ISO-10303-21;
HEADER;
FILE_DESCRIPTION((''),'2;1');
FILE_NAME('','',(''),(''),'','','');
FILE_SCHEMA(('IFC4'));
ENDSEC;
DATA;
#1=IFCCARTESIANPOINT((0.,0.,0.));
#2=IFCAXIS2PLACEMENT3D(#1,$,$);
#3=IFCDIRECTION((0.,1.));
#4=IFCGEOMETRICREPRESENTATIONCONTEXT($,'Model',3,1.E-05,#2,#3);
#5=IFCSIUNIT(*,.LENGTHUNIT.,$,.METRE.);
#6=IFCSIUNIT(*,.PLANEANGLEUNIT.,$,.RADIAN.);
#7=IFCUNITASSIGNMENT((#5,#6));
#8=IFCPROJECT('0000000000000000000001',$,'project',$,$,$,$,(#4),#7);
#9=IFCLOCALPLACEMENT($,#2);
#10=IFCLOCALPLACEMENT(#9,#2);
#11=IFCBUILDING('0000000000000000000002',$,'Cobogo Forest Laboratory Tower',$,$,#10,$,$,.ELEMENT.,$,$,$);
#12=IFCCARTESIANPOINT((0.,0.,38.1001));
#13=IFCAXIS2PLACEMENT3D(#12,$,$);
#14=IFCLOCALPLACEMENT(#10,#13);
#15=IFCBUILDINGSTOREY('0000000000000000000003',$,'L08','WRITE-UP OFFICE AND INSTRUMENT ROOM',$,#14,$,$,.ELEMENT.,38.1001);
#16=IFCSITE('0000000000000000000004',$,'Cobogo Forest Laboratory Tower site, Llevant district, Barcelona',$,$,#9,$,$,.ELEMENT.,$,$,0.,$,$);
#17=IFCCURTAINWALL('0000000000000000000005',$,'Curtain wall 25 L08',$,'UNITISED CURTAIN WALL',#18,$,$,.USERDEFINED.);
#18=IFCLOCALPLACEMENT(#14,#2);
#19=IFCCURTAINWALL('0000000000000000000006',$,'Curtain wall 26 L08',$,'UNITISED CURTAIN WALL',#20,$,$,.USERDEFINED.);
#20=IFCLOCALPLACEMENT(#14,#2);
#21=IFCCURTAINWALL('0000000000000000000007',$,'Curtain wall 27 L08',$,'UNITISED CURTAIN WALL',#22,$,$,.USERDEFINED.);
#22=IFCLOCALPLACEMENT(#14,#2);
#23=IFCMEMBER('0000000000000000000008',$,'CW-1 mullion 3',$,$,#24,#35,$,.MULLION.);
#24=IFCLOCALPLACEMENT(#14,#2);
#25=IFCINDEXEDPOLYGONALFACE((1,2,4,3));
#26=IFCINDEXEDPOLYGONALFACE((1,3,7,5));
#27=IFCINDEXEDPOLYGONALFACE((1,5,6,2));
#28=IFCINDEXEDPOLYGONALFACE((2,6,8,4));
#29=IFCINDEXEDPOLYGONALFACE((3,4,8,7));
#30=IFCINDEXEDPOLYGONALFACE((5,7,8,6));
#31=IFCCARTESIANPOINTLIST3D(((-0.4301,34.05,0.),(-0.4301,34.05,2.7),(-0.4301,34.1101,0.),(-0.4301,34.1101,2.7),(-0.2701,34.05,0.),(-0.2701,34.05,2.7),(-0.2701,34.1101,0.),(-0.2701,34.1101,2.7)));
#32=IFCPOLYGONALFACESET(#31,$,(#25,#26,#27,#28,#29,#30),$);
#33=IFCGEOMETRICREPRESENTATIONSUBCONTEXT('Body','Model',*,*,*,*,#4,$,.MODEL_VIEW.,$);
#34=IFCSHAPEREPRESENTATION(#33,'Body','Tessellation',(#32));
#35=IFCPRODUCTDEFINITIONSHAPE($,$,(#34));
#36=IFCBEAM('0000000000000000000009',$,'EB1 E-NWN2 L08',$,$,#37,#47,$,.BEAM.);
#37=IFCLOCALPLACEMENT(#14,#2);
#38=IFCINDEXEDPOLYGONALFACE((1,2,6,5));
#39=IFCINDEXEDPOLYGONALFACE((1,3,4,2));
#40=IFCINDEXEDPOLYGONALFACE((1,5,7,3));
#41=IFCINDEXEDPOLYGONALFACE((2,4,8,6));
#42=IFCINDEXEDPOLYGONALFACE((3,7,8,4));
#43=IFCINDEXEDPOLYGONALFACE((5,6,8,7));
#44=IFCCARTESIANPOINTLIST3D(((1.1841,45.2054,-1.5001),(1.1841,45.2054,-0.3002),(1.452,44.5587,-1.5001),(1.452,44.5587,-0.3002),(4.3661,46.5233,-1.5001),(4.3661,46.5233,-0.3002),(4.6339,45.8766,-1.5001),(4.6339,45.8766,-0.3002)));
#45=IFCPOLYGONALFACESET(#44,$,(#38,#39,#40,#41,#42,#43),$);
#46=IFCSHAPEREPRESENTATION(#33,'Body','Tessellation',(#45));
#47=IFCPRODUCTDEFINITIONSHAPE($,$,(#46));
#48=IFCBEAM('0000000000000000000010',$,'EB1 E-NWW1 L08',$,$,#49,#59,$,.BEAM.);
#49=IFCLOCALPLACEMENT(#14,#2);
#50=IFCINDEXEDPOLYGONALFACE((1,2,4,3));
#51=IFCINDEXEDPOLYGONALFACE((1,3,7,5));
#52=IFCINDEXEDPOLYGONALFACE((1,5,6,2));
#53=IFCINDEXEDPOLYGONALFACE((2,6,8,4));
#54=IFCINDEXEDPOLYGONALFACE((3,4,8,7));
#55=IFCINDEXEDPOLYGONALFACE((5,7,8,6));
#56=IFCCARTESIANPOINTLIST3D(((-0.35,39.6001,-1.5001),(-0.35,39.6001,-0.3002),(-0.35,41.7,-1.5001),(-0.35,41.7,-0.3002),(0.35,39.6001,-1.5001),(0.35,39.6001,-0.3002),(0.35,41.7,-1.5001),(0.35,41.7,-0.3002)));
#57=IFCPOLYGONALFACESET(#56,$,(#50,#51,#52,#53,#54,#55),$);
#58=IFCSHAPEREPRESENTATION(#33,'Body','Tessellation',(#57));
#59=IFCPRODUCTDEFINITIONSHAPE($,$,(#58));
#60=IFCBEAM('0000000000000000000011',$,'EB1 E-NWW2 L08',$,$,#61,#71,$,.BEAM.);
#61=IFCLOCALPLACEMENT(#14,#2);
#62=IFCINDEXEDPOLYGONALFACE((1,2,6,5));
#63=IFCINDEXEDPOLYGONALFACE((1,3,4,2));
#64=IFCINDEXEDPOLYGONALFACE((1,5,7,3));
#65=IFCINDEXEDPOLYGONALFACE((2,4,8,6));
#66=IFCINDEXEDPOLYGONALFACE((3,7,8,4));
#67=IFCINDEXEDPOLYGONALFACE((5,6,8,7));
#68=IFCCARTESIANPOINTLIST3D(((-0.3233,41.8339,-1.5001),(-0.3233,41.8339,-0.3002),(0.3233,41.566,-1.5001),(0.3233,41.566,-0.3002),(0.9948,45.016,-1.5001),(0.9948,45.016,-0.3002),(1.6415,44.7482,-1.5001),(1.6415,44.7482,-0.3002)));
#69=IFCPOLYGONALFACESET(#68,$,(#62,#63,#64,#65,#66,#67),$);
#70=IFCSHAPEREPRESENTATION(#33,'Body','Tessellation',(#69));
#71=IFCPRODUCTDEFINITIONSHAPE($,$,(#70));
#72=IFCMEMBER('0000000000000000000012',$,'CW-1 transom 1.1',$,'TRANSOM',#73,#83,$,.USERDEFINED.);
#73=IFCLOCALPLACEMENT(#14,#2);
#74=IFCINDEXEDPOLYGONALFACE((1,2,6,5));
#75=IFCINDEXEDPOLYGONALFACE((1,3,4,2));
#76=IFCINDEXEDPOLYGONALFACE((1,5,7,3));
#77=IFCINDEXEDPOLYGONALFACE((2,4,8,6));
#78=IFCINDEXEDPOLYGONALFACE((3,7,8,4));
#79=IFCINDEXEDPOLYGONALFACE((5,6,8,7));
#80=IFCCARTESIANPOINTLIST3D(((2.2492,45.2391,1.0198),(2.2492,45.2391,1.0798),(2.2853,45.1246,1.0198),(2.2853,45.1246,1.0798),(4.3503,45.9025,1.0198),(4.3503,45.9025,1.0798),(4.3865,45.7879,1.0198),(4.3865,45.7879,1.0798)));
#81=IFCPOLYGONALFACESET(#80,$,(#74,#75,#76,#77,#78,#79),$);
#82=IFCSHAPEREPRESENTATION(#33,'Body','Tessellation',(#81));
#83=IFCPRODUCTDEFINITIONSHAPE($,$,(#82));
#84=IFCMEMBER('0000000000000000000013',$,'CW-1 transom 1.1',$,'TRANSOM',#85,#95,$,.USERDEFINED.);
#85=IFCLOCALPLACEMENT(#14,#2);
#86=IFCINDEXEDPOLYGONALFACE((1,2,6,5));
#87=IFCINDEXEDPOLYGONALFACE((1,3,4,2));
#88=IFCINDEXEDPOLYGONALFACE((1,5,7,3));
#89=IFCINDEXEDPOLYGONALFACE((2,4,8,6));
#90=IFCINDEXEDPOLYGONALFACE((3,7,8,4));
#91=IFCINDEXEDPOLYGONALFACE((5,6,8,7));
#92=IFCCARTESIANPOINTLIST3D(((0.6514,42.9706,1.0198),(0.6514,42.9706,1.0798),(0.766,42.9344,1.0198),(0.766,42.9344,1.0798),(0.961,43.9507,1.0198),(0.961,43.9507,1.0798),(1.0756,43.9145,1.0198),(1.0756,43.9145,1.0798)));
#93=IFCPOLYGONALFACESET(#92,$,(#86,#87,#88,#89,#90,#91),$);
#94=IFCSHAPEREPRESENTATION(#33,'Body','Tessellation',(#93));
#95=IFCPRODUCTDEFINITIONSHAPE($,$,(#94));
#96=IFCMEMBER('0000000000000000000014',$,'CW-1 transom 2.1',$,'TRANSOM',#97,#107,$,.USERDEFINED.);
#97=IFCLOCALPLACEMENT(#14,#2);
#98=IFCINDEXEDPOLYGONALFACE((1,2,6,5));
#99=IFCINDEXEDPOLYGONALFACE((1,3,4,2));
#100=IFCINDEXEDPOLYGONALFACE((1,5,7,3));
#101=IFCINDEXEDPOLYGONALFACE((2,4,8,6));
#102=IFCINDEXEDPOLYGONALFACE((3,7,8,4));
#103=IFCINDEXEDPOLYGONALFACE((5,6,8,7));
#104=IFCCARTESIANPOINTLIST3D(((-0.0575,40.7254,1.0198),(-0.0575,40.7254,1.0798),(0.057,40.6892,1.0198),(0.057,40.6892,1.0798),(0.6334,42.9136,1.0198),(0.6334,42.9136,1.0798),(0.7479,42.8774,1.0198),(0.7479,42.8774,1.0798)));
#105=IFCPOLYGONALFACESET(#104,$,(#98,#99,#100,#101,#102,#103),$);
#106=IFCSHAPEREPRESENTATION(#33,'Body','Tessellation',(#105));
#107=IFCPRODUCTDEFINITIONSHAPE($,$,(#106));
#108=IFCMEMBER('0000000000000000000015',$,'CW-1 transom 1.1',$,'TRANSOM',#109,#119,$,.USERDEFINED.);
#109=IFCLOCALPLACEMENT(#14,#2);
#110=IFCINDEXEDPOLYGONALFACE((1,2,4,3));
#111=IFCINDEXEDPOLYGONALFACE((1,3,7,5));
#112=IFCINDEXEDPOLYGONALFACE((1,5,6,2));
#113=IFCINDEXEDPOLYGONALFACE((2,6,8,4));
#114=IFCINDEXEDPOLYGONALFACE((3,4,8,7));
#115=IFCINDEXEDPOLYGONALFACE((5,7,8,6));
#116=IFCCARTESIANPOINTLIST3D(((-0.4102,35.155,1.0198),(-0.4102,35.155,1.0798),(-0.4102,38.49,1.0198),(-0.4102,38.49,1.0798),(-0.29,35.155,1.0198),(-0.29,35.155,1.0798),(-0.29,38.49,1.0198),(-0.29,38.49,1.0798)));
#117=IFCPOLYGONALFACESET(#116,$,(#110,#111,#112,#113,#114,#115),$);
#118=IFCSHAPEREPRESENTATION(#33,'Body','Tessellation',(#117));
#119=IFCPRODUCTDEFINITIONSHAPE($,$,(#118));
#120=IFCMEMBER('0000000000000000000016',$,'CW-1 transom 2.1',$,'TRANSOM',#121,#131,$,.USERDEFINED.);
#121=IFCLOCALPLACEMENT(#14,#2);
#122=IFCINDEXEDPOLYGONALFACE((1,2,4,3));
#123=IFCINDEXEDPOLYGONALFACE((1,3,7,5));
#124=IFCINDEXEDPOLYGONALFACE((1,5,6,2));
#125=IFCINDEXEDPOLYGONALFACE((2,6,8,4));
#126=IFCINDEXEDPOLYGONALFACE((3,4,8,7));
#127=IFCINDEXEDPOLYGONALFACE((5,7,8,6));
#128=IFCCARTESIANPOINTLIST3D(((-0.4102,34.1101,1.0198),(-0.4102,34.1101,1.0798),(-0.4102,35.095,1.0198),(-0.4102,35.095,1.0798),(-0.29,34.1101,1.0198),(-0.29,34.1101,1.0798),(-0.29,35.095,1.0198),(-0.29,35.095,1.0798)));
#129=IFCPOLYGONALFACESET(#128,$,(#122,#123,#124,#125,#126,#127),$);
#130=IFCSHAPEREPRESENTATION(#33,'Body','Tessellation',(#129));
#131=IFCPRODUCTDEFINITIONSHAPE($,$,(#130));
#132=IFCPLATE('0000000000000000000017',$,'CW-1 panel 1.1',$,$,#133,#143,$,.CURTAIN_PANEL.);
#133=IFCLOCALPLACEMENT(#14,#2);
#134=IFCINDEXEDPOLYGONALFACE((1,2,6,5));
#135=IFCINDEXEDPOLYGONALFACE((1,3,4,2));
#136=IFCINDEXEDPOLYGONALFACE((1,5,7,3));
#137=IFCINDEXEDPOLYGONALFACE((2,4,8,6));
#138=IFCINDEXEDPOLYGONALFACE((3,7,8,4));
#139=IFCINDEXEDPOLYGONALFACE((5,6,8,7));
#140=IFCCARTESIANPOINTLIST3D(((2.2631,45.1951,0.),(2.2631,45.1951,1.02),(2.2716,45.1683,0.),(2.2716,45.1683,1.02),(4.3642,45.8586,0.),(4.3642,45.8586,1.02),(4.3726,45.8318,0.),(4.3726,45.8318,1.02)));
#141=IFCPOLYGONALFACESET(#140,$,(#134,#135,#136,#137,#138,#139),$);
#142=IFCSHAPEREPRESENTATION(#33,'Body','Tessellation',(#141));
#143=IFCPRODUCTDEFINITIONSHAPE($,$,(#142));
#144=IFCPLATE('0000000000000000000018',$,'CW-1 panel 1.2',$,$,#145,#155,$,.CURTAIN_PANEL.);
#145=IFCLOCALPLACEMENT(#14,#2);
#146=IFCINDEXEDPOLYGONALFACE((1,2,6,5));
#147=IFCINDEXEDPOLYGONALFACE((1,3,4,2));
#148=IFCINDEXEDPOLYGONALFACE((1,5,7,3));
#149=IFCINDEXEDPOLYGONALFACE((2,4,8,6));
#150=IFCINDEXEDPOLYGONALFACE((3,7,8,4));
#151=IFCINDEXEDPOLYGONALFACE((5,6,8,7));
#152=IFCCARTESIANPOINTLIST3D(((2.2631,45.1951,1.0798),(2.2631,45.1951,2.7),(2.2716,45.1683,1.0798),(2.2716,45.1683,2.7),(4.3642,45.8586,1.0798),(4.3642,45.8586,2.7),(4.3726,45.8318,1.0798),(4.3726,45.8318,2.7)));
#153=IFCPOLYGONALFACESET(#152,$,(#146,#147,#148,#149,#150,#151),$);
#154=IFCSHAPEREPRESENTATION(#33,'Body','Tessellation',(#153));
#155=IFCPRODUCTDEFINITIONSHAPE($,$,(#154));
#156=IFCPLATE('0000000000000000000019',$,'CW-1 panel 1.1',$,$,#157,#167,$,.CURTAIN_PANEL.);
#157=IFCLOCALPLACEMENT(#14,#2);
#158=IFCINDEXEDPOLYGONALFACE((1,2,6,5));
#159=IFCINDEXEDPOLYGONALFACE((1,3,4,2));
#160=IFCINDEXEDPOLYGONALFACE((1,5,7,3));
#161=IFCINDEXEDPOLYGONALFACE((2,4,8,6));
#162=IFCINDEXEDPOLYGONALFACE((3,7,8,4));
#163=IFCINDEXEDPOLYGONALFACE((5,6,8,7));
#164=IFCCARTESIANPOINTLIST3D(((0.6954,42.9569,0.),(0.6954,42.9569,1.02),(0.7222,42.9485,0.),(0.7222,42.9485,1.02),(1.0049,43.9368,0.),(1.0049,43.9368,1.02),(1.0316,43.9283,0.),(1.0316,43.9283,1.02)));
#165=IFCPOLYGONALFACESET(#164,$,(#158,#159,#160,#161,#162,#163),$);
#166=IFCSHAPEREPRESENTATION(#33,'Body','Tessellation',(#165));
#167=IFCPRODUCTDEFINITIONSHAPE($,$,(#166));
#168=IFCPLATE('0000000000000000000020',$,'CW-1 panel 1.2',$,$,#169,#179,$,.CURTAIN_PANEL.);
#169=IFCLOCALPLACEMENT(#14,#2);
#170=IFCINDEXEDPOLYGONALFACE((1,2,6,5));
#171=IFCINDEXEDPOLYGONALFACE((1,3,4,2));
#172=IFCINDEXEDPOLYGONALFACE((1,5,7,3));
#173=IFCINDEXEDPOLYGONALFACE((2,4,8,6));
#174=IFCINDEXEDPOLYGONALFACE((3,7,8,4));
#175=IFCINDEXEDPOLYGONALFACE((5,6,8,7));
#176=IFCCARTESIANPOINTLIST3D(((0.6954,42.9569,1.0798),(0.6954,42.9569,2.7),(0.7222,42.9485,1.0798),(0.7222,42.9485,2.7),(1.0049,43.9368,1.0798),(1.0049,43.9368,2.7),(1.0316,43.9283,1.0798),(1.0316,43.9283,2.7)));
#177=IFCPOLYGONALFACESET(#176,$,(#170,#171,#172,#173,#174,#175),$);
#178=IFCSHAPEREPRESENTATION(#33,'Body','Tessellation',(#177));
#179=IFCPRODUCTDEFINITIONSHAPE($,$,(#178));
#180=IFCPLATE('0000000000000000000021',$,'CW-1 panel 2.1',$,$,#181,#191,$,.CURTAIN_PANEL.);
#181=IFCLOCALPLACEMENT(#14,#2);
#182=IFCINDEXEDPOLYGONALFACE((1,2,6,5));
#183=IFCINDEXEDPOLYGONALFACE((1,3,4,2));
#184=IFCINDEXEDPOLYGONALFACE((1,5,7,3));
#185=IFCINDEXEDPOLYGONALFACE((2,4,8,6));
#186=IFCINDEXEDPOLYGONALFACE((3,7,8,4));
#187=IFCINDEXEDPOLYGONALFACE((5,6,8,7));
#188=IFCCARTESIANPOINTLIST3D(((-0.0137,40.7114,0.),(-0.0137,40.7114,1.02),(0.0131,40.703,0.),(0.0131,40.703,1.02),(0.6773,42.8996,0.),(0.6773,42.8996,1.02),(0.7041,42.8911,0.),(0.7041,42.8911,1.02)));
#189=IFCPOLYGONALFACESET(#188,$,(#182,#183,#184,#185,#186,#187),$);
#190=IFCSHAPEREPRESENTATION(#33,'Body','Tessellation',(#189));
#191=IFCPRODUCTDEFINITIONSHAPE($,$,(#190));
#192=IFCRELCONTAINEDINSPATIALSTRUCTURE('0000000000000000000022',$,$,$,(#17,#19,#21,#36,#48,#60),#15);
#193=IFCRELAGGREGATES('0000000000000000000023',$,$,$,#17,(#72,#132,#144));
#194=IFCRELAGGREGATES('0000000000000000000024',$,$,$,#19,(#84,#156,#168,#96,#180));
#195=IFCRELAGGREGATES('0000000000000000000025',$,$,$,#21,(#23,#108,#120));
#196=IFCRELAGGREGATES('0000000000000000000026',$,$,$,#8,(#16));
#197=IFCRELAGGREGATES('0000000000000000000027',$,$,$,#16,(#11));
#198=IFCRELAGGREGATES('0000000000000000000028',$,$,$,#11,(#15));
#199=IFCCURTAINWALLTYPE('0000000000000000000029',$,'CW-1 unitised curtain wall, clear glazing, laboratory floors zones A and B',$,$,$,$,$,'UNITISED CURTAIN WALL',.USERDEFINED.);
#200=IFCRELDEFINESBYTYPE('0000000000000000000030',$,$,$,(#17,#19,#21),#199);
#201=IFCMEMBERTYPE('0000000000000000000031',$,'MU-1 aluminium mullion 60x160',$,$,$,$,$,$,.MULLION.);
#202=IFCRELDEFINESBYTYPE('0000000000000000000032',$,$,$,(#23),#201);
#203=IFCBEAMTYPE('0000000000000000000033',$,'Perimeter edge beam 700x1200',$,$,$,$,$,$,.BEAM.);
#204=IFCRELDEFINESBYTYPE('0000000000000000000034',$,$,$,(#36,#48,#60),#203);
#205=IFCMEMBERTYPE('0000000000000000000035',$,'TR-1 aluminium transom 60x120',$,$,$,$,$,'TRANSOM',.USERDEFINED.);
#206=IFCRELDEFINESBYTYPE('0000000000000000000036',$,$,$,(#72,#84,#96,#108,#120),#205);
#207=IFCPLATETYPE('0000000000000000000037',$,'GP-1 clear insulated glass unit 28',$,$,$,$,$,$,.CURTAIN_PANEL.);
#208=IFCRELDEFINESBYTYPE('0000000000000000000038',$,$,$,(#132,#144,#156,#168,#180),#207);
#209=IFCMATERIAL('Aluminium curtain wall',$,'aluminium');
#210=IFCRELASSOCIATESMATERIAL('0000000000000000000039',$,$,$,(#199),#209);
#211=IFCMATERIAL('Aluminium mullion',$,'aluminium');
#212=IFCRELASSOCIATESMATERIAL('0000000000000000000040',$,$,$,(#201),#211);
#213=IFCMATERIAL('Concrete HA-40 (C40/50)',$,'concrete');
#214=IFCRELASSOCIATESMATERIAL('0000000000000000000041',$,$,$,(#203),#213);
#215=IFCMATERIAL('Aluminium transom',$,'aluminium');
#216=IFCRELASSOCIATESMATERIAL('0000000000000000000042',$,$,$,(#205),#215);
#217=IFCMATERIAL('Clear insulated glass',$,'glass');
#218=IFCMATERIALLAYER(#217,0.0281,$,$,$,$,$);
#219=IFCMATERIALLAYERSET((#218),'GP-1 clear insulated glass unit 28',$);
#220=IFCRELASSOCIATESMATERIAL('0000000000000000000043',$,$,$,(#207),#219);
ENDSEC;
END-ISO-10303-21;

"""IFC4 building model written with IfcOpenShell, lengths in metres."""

from ifc_helpers import new_model, si_unit, direction, frame, origin, origin_2d, place, context, subcontext, project, spatial, rectangle, extrude, material, layer, layer_set, material_profile, profile_set, type_object, element, aggregate, save


model = new_model("IFC4")

# Units and contexts
model_context = context("Model", 3, precision=1e-05, world=origin(), true_north=direction((0.0, 1.0)))
body_context = subcontext(model_context, "Body", "Model", "MODEL_VIEW")
ifc_project = project(units=[si_unit("LENGTHUNIT", "METRE"), si_unit("PLANEANGLEUNIT", "RADIAN")], contexts=[model_context])

# Site, building, storey
site_placement = place(None, origin())
site = spatial("IfcSite", under=ifc_project, at=site_placement, Name="Cobogo Forest Laboratory Tower site, Llevant district, Barcelona", CompositionType="ELEMENT", RefElevation=0.0)
building_placement = place(site_placement, origin())
building = spatial("IfcBuilding", under=site, at=building_placement, Name="Cobogo Forest Laboratory Tower", CompositionType="ELEMENT")
storey_placement = place(building_placement, frame((0.0, 0.0, 38.1001)))
storey = spatial("IfcBuildingStorey", under=building, at=storey_placement, Name="L08", Description="WRITE-UP OFFICE AND INSTRUMENT ROOM", CompositionType="ELEMENT", Elevation=38.1001)

# Shared definitions
ifc_material_1 = material(Name="Concrete HA-40 (C40/50)", Category="concrete")

# Curtain walls, member
ifc_material_2 = material(Name="Aluminium curtain wall", Category="aluminium")
curtain_wall_type = type_object("IfcCurtainWallType", Name="CW-1 unitised curtain wall, clear glazing, laboratory floors zones A and B", ElementType="UNITISED CURTAIN WALL", PredefinedType="USERDEFINED", material=ifc_material_2)
curtain_wall_1_placement = place(storey_placement, origin())
curtain_wall_1 = element("IfcCurtainWall", 1, at=curtain_wall_1_placement, inside=storey, type_object=curtain_wall_type, Name="Curtain wall 25 L08", ObjectType="UNITISED CURTAIN WALL", PredefinedType="USERDEFINED")
ifc_material_3 = material(Name="Aluminium mullion", Category="aluminium")
ifc_material_profile_1 = material_profile(ifc_material_3, rectangle(XDim=0.0601, YDim=0.1599, at=origin_2d()), Name="AL 60x160")
ifc_profile_set_1 = profile_set([ifc_material_profile_1], Name="Aluminium mullion")
member_type_1 = type_object("IfcMemberType", Name="MU-1 aluminium mullion 60x160", PredefinedType="MULLION", material=ifc_profile_set_1)
curtain_wall_2_placement = place(storey_placement, origin())
curtain_wall_2 = element("IfcCurtainWall", 2, at=curtain_wall_2_placement, inside=storey, type_object=curtain_wall_type, Name="Curtain wall 26 L08", ObjectType="UNITISED CURTAIN WALL", PredefinedType="USERDEFINED")
curtain_wall_3_placement = place(storey_placement, origin())
curtain_wall_3 = element("IfcCurtainWall", 3, at=curtain_wall_3_placement, inside=storey, type_object=curtain_wall_type, Name="Curtain wall 27 L08", ObjectType="UNITISED CURTAIN WALL", PredefinedType="USERDEFINED")
member_1_placement = place(storey_placement, frame((-0.3501, 34.0801, 0.0), z_axis=(0.0, 0.0, 1.0), x_axis=(0.0, -1.0, 0.0)))
member_1 = element("IfcMember", 4, at=member_1_placement, type_object=member_type_1, Name="CW-1 mullion 3", PredefinedType="MULLION", context=body_context, shape_type="SweptSolid", body=[
    extrude(rectangle(XDim=0.0601, YDim=0.1599, at=origin_2d()), origin(), (0.0, 0.0, 1.0), 2.7),
])

# Beams
ifc_material_profile_2 = material_profile(ifc_material_1, rectangle(XDim=0.7, YDim=1.2, at=origin_2d()), Name="RC 700x1200")
ifc_profile_set_2 = profile_set([ifc_material_profile_2], Name="Concrete HA-40 (C40/50)")
beam_type_1 = type_object("IfcBeamType", Name="Perimeter edge beam 700x1200", PredefinedType="BEAM", material=ifc_profile_set_2)
beam_1_placement = place(storey_placement, frame((4.5, 46.2, -0.9001), z_axis=(-0.923891, -0.382656, 0.0), x_axis=(0.382656, -0.923891, 0.0)))
element("IfcBeam", 5, at=beam_1_placement, inside=storey, type_object=beam_type_1, Name="EB1 E-NWN2 L08", PredefinedType="BEAM", context=body_context, shape_type="SweptSolid", body=[
    extrude(rectangle(XDim=0.7, YDim=1.2, at=origin_2d()), origin(), (0.0, 0.0, 1.0), 3.4441),
])
beam_2_placement = place(storey_placement, frame((0.0, 39.6001, -0.9001), z_axis=(0.0, 1.0, 0.0), x_axis=(-1.0, 0.0, 0.0)))
element("IfcBeam", 6, at=beam_2_placement, inside=storey, type_object=beam_type_1, Name="EB1 E-NWW1 L08", PredefinedType="BEAM", context=body_context, shape_type="SweptSolid", body=[
    extrude(rectangle(XDim=0.7, YDim=1.2, at=origin_2d()), origin(), (0.0, 0.0, 1.0), 2.0999),
])
beam_3_placement = place(storey_placement, frame((0.0, 41.7, -0.9001), z_axis=(0.382692, 0.923876, 0.0), x_axis=(-0.923876, 0.382692, 0.0)))
element("IfcBeam", 7, at=beam_3_placement, inside=storey, type_object=beam_type_1, Name="EB1 E-NWW2 L08", PredefinedType="BEAM", context=body_context, shape_type="SweptSolid", body=[
    extrude(rectangle(XDim=0.7, YDim=1.2, at=origin_2d()), origin(), (0.0, 0.0, 1.0), 3.4443),
])

# Members
ifc_material_4 = material(Name="Aluminium transom", Category="aluminium")
ifc_material_profile_3 = material_profile(ifc_material_4, rectangle(XDim=0.1201, YDim=0.0601, at=origin_2d()), Name="AL 60x120")
ifc_profile_set_3 = profile_set([ifc_material_profile_3], Name="Aluminium transom")
member_type_2 = type_object("IfcMemberType", Name="TR-1 aluminium transom 60x120", ElementType="TRANSOM", PredefinedType="USERDEFINED", material=ifc_profile_set_3)
member_2_placement = place(storey_placement, frame((4.3684, 45.8452, 1.0498), z_axis=(-0.953604, -0.301062, 0.0), x_axis=(0.301062, -0.953604, 0.0)))
member_2 = element("IfcMember", 8, at=member_2_placement, type_object=member_type_2, Name="CW-1 transom 1.1", ObjectType="TRANSOM", PredefinedType="USERDEFINED", context=body_context, shape_type="SweptSolid", body=[
    extrude(rectangle(XDim=0.1201, YDim=0.0601, at=origin_2d()), origin(), (0.0, 0.0, 1.0), 2.2034),
])
member_3_placement = place(storey_placement, frame((1.0183, 43.9326, 1.0498), z_axis=(-0.301222, -0.953554, 0.0), x_axis=(0.953554, -0.301222, 0.0)))
member_3 = element("IfcMember", 9, at=member_3_placement, type_object=member_type_2, Name="CW-1 transom 1.1", ObjectType="TRANSOM", PredefinedType="USERDEFINED", context=body_context, shape_type="SweptSolid", body=[
    extrude(rectangle(XDim=0.1201, YDim=0.0601, at=origin_2d()), origin(), (0.0, 0.0, 1.0), 1.0278),
])
member_4_placement = place(storey_placement, frame((0.6907, 42.8955, 1.0498), z_axis=(-0.301091, -0.953596, 0.0), x_axis=(0.953596, -0.301091, 0.0)))
member_4 = element("IfcMember", 10, at=member_4_placement, type_object=member_type_2, Name="CW-1 transom 2.1", ObjectType="TRANSOM", PredefinedType="USERDEFINED", context=body_context, shape_type="SweptSolid", body=[
    extrude(rectangle(XDim=0.1201, YDim=0.0601, at=origin_2d()), origin(), (0.0, 0.0, 1.0), 2.2947),
])
member_5_placement = place(storey_placement, frame((-0.3501, 38.49, 1.0498), z_axis=(0.0, -1.0, 0.0), x_axis=(1.0, 0.0, 0.0)))
member_5 = element("IfcMember", 11, at=member_5_placement, type_object=member_type_2, Name="CW-1 transom 1.1", ObjectType="TRANSOM", PredefinedType="USERDEFINED", context=body_context, shape_type="SweptSolid", body=[
    extrude(rectangle(XDim=0.1201, YDim=0.0601, at=origin_2d()), origin(), (0.0, 0.0, 1.0), 3.335),
])
member_6_placement = place(storey_placement, frame((-0.3501, 35.095, 1.0498), z_axis=(0.0, -1.0, 0.0), x_axis=(1.0, 0.0, 0.0)))
member_6 = element("IfcMember", 12, at=member_6_placement, type_object=member_type_2, Name="CW-1 transom 2.1", ObjectType="TRANSOM", PredefinedType="USERDEFINED", context=body_context, shape_type="SweptSolid", body=[
    extrude(rectangle(XDim=0.1201, YDim=0.0601, at=origin_2d()), origin(), (0.0, 0.0, 1.0), 0.9849),
])

# Plates
ifc_material_5 = material(Name="Clear insulated glass", Category="glass")
ifc_layer_1 = layer(ifc_material_5, 0.0281)
ifc_layer_set_1 = layer_set([ifc_layer_1], Name="GP-1 clear insulated glass unit 28")
plate_type_1 = type_object("IfcPlateType", Name="GP-1 clear insulated glass unit 28", PredefinedType="CURTAIN_PANEL", material=ifc_layer_set_1)
plate_1_placement = place(storey_placement, frame((3.3179, 45.5134, 0.0), z_axis=(0.0, 0.0, 1.0), x_axis=(-0.953581, -0.301135, 0.0)))
plate_1 = element("IfcPlate", 13, at=plate_1_placement, type_object=plate_type_1, Name="CW-1 panel 1.1", PredefinedType="CURTAIN_PANEL", context=body_context, shape_type="SweptSolid", body=[
    extrude(rectangle(XDim=2.2034, YDim=0.0281, at=origin_2d()), origin(), (0.0, 0.0, 1.0), 1.02),
])
plate_2_placement = place(storey_placement, frame((3.3179, 45.5134, 1.0798), z_axis=(0.0, 0.0, 1.0), x_axis=(-0.953581, -0.301135, 0.0)))
plate_2 = element("IfcPlate", 14, at=plate_2_placement, type_object=plate_type_1, Name="CW-1 panel 1.2", PredefinedType="CURTAIN_PANEL", context=body_context, shape_type="SweptSolid", body=[
    extrude(rectangle(XDim=2.2034, YDim=0.0281, at=origin_2d()), origin(), (0.0, 0.0, 1.0), 1.6201),
])
aggregate(curtain_wall_1, [member_2, plate_1, plate_2])
plate_3_placement = place(storey_placement, frame((0.8635, 43.4426, 0.0), z_axis=(0.0, 0.0, 1.0), x_axis=(-0.301135, -0.953581, 0.0)))
plate_3 = element("IfcPlate", 15, at=plate_3_placement, type_object=plate_type_1, Name="CW-1 panel 1.1", PredefinedType="CURTAIN_PANEL", context=body_context, shape_type="SweptSolid", body=[
    extrude(rectangle(XDim=1.0276, YDim=0.0281, at=origin_2d()), origin(), (0.0, 0.0, 1.0), 1.02),
])
plate_4_placement = place(storey_placement, frame((0.8635, 43.4426, 1.0798), z_axis=(0.0, 0.0, 1.0), x_axis=(-0.301135, -0.953581, 0.0)))
plate_4 = element("IfcPlate", 16, at=plate_4_placement, type_object=plate_type_1, Name="CW-1 panel 1.2", PredefinedType="CURTAIN_PANEL", context=body_context, shape_type="SweptSolid", body=[
    extrude(rectangle(XDim=1.0276, YDim=0.0281, at=origin_2d()), origin(), (0.0, 0.0, 1.0), 1.6201),
])
plate_5_placement = place(storey_placement, frame((0.3452, 41.8013, 0.0), z_axis=(0.0, 0.0, 1.0), x_axis=(-0.301135, -0.953581, 0.0)))
plate_5 = element("IfcPlate", 17, at=plate_5_placement, type_object=plate_type_1, Name="CW-1 panel 2.1", PredefinedType="CURTAIN_PANEL", context=body_context, shape_type="SweptSolid", body=[
    extrude(rectangle(XDim=2.2947, YDim=0.0281, at=origin_2d()), origin(), (0.0, 0.0, 1.0), 1.02),
])
aggregate(curtain_wall_2, [member_3, plate_3, plate_4, member_4, plate_5])
aggregate(curtain_wall_3, [member_1, member_5, member_6])

save(model, "model.ifc")
